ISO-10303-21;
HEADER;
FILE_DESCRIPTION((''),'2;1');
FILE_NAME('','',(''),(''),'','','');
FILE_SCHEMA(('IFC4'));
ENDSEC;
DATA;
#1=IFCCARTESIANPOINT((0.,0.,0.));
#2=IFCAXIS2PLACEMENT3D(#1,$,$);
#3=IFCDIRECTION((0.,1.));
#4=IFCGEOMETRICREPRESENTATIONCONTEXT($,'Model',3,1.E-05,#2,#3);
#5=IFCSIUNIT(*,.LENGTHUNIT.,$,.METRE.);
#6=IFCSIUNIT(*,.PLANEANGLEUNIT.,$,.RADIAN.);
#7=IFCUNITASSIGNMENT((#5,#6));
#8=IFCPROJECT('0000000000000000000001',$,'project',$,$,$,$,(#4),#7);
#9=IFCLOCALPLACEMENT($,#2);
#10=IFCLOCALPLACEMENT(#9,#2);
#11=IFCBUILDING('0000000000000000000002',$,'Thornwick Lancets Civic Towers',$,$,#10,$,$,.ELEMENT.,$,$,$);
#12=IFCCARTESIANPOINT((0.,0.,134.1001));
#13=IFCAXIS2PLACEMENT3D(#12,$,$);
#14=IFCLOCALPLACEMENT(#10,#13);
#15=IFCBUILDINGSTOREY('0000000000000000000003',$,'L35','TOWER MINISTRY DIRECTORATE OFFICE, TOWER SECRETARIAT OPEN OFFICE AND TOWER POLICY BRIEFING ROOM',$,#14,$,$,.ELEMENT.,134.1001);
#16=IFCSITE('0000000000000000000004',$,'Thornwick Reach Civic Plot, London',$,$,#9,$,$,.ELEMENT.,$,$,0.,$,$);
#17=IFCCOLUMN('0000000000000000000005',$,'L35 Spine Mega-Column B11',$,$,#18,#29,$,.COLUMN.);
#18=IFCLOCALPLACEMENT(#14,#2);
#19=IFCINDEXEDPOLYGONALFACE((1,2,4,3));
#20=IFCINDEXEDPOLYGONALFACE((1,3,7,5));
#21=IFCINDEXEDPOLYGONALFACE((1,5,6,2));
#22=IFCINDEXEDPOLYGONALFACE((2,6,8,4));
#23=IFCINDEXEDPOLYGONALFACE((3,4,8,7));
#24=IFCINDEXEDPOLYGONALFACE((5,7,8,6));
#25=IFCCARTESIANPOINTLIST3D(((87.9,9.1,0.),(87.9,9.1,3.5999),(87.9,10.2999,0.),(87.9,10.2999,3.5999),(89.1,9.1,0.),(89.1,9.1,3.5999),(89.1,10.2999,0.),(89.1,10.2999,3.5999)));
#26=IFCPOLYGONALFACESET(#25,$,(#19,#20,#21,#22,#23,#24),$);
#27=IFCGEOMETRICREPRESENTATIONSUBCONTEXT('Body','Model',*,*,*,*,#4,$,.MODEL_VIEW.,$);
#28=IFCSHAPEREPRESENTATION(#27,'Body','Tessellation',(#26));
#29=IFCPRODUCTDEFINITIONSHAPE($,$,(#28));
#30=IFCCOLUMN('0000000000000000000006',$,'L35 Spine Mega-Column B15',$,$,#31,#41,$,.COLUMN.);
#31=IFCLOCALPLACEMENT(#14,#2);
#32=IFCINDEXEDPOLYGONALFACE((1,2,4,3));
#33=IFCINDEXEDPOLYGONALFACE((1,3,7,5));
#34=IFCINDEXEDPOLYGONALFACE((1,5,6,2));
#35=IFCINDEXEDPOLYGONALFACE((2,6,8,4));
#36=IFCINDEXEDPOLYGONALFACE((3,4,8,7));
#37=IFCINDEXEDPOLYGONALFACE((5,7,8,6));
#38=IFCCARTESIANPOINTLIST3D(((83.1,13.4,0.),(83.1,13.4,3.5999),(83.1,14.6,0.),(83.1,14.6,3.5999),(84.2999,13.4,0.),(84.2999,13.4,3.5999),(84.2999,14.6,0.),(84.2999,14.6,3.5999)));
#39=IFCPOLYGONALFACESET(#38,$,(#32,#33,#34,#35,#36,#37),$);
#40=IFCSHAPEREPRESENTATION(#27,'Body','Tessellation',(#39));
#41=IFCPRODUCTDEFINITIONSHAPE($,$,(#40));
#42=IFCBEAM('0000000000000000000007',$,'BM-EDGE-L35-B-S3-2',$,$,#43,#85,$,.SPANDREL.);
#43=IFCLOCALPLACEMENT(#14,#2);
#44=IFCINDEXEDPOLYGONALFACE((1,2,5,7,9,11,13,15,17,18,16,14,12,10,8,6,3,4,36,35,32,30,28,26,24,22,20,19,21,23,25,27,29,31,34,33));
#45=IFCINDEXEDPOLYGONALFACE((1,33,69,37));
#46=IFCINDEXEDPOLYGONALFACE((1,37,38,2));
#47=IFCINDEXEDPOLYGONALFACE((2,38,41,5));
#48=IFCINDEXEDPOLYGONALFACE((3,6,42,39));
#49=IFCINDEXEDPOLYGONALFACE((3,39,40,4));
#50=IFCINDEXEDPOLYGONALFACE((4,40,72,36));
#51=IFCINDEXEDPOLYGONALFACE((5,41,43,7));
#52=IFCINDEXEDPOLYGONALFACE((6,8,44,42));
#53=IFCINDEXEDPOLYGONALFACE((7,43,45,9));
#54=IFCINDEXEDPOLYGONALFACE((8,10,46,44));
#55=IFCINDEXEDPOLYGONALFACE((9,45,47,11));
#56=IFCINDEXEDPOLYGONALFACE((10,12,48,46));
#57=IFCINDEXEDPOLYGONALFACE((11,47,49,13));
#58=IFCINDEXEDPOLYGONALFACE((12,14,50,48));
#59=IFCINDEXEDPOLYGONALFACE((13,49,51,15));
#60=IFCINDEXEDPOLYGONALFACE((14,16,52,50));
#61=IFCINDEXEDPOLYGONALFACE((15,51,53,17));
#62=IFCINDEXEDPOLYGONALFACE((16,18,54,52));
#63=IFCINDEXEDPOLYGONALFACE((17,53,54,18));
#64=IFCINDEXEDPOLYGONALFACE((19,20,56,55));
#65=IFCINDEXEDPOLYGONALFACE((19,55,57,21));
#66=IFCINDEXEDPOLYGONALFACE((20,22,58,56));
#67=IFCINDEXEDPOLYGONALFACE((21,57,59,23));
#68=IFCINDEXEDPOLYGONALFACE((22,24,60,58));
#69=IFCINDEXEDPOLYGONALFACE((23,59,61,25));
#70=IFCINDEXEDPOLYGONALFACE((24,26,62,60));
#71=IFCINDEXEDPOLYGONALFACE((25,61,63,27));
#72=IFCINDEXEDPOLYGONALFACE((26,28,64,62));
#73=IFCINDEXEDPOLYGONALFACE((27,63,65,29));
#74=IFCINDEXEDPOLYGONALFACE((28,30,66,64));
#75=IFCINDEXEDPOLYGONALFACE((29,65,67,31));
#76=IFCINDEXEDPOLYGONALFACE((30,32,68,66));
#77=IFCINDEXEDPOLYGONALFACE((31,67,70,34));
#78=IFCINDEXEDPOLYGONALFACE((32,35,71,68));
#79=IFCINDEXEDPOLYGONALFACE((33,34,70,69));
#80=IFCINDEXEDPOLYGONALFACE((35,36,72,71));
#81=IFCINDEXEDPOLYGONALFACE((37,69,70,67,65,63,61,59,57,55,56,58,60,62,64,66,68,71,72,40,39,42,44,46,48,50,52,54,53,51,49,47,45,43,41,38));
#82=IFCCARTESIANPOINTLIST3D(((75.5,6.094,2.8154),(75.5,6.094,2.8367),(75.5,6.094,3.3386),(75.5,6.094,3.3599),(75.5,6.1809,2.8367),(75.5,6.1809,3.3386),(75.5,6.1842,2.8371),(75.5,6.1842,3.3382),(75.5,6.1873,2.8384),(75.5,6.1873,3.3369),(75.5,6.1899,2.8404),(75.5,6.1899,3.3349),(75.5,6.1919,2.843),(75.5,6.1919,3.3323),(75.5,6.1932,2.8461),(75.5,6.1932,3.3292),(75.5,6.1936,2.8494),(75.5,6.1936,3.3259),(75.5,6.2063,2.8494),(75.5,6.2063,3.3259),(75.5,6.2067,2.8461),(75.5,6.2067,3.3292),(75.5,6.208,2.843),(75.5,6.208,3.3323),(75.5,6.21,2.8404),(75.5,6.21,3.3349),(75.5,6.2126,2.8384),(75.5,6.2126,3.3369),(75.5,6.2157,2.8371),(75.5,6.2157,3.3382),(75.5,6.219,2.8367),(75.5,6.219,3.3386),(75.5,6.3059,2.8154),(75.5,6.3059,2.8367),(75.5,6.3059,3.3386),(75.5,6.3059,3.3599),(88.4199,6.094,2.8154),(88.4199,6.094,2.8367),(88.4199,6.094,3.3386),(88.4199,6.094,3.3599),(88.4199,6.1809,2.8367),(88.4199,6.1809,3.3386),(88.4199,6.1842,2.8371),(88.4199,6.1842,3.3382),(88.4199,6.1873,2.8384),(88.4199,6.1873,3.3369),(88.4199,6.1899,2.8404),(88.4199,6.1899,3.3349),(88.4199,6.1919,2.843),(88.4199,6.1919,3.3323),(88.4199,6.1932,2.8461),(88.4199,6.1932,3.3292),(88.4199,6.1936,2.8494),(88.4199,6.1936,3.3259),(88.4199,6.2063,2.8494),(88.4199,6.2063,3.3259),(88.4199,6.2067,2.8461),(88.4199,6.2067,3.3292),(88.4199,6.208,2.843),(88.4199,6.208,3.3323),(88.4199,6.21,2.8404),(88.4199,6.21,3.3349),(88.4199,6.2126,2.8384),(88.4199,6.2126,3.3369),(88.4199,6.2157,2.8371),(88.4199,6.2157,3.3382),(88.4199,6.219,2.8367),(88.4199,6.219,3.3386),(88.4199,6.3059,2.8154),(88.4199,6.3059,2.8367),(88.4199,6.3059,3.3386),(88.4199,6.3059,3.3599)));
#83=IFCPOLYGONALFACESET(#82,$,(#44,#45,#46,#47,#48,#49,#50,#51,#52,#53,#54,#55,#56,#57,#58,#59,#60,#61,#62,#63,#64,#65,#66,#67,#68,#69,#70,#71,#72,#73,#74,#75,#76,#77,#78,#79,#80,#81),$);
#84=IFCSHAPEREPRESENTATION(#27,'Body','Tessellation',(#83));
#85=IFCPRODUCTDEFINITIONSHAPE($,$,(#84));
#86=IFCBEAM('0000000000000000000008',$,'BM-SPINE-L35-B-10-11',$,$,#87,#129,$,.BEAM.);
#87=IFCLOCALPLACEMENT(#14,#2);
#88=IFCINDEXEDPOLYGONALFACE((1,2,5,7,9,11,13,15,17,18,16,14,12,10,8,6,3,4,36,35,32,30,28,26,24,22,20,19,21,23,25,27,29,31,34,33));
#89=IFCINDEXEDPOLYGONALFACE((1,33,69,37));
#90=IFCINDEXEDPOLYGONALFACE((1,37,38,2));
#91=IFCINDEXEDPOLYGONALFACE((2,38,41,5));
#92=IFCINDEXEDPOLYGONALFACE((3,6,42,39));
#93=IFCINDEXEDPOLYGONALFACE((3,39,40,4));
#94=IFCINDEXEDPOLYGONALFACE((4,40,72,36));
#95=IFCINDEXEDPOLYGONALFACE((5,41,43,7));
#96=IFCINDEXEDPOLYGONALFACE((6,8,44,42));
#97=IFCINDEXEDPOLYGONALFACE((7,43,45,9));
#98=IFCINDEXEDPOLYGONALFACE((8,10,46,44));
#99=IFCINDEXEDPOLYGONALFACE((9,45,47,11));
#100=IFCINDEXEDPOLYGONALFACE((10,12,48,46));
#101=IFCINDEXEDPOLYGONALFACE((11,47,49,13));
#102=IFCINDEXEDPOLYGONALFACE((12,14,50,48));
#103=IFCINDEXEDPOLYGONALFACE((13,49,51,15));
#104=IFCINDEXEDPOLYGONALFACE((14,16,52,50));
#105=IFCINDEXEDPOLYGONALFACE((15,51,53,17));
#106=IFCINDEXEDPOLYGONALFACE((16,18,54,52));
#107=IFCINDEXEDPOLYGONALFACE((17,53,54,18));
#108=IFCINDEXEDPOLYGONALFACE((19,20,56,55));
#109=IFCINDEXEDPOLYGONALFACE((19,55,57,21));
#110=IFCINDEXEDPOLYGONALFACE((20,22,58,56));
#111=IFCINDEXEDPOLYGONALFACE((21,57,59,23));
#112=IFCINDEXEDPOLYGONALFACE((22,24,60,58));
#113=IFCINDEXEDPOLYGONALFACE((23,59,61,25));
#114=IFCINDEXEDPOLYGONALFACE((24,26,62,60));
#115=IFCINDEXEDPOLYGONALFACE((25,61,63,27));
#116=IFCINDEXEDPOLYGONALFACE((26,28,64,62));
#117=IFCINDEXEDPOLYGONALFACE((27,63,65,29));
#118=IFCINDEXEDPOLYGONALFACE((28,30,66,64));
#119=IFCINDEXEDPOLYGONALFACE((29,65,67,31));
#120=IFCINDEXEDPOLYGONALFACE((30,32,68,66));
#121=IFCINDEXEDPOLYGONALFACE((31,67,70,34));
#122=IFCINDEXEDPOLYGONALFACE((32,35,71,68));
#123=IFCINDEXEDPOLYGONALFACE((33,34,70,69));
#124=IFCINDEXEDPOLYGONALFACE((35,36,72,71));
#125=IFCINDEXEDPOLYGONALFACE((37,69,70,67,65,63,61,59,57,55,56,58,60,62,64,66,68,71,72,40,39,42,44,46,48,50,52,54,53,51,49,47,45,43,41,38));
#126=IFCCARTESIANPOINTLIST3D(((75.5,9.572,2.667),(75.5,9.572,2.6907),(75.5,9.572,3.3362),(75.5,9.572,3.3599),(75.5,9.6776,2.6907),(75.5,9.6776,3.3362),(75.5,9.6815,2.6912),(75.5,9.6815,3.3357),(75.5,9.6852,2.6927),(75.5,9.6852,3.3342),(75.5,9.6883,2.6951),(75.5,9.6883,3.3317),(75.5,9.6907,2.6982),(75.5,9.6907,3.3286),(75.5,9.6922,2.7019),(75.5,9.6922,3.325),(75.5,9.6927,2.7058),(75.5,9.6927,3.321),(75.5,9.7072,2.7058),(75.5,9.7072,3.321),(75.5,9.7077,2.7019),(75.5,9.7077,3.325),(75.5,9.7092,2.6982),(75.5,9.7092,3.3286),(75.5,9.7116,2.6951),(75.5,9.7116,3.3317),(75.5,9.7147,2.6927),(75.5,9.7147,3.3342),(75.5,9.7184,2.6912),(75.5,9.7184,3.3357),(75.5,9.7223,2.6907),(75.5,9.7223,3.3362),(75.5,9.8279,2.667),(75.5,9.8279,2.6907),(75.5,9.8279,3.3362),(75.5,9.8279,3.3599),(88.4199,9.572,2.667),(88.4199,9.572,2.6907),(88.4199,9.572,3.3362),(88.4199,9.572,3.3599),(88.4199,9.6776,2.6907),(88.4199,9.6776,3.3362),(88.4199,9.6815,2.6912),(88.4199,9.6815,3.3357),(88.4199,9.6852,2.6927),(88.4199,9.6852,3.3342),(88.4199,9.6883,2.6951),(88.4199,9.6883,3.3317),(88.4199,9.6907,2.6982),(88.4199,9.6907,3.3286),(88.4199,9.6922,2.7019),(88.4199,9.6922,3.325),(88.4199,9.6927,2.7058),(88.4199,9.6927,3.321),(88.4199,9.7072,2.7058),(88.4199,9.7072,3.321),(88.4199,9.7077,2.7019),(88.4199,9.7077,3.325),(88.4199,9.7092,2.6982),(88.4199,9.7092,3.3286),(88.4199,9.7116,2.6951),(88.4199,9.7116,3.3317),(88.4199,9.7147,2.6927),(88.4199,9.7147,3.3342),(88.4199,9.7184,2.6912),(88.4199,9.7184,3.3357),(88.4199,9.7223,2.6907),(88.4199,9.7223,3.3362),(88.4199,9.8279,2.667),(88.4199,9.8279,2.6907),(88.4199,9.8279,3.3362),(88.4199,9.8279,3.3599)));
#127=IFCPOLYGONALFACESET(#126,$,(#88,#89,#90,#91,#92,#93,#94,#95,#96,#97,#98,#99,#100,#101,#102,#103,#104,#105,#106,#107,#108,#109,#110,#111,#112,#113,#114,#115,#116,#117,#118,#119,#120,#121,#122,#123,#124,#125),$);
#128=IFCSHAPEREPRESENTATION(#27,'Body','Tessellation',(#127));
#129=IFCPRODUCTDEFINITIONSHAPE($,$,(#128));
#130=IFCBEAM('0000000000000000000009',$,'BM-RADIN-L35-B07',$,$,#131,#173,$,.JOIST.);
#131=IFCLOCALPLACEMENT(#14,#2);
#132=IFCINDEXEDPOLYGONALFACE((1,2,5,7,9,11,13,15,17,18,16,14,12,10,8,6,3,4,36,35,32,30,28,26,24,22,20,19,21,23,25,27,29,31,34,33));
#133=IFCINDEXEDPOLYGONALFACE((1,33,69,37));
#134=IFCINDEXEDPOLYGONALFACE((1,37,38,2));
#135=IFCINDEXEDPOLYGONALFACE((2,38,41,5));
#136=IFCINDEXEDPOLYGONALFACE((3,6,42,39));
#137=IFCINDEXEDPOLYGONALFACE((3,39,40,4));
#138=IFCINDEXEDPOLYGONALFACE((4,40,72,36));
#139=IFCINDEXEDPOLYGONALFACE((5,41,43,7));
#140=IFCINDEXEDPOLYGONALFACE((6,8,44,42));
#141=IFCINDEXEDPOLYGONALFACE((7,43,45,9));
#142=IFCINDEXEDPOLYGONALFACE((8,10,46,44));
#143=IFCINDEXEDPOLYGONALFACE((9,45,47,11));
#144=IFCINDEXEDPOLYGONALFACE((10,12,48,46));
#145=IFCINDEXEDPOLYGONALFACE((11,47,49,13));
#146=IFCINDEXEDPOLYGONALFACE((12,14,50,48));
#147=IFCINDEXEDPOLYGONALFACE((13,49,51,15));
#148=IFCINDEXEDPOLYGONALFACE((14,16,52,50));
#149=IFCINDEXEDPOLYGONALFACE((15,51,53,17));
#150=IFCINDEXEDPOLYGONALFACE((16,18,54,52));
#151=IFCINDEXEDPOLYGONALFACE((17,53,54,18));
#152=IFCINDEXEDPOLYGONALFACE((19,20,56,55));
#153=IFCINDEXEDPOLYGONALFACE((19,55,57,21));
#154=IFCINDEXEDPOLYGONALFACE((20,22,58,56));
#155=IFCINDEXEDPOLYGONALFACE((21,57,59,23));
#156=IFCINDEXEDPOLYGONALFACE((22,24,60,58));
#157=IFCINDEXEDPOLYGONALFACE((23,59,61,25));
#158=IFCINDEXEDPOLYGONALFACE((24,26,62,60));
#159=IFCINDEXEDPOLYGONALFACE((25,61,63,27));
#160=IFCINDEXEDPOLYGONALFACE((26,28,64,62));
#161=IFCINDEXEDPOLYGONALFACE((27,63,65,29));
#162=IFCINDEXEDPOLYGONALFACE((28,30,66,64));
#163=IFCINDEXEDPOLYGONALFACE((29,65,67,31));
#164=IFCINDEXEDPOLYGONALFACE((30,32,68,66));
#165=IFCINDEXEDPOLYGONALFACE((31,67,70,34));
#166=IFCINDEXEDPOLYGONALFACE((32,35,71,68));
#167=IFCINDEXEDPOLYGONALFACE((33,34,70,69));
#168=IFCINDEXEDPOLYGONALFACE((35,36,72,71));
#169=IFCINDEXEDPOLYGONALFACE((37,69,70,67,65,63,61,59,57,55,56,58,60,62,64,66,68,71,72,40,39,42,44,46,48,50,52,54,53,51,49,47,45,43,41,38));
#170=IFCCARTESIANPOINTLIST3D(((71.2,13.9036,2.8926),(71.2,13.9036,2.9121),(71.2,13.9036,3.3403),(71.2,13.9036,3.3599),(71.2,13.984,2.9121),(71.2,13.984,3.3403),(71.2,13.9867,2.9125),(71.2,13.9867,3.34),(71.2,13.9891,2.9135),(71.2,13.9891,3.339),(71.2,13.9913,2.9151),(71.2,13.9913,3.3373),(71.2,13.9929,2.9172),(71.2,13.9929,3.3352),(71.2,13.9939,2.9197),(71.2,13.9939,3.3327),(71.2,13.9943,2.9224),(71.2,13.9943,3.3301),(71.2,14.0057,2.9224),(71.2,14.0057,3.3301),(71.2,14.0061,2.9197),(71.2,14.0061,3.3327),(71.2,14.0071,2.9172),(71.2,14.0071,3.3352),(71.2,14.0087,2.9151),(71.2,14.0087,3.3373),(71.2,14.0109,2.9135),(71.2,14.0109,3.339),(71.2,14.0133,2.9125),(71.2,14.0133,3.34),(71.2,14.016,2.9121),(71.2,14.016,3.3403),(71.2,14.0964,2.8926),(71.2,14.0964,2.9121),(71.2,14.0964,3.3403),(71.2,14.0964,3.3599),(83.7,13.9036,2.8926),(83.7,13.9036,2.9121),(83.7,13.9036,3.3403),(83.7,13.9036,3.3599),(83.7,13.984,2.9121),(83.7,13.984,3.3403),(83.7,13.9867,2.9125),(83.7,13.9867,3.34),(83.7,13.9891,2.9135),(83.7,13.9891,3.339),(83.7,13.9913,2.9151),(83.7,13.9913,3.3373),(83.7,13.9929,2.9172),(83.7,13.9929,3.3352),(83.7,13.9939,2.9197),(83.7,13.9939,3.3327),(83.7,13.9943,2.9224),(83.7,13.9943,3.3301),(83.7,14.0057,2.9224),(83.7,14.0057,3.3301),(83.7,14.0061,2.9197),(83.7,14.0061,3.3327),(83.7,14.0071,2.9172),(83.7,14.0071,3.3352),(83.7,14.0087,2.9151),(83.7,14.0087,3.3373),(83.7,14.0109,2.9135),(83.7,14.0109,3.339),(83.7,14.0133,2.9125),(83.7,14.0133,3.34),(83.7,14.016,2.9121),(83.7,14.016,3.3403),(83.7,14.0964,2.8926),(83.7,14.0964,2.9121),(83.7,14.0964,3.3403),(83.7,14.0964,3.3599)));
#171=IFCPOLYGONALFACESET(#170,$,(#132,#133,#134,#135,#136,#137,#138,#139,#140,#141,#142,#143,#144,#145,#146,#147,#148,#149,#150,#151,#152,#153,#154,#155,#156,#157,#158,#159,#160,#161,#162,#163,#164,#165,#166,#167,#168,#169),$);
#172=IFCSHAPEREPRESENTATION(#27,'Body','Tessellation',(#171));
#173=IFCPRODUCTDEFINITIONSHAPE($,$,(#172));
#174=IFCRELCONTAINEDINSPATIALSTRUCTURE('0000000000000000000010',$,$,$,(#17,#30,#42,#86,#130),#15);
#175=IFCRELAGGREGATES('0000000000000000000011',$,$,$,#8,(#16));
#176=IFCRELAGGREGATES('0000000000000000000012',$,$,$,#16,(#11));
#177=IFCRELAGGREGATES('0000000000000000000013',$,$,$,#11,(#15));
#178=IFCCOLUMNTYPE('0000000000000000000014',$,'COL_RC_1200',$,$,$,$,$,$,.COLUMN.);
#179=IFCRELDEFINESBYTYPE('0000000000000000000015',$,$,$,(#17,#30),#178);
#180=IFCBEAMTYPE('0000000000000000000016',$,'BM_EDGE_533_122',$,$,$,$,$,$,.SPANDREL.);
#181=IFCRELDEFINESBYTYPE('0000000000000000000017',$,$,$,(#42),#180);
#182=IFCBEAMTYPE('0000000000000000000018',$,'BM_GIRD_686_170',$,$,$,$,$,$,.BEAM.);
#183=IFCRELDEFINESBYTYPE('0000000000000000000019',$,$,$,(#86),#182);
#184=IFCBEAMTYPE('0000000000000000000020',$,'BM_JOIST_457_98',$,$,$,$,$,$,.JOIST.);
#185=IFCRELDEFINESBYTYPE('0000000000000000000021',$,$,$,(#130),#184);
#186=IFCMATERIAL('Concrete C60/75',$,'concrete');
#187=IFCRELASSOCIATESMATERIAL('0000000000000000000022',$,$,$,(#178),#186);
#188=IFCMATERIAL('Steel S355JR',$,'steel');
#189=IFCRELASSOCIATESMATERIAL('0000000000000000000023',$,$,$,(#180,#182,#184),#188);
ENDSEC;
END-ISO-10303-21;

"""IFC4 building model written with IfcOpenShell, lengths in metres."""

from ifc_helpers import new_model, si_unit, direction, frame, origin, origin_2d, place, context, subcontext, project, spatial, rectangle, i_section, extrude, material, material_profile, profile_set, type_object, element, save


model = new_model("IFC4")

# Units and contexts
model_context = context("Model", 3, precision=1e-05, world=origin(), true_north=direction((0.0, 1.0)))
body_context = subcontext(model_context, "Body", "Model", "MODEL_VIEW")
ifc_project = project(units=[si_unit("LENGTHUNIT", "METRE"), si_unit("PLANEANGLEUNIT", "RADIAN")], contexts=[model_context])

# Site, building, storey
site_placement = place(None, origin())
site = spatial("IfcSite", under=ifc_project, at=site_placement, Name="Thornwick Reach Civic Plot, London", CompositionType="ELEMENT", RefElevation=0.0)
building_placement = place(site_placement, origin())
building = spatial("IfcBuilding", under=site, at=building_placement, Name="Thornwick Lancets Civic Towers", CompositionType="ELEMENT")
storey_placement = place(building_placement, frame((0.0, 0.0, 134.1001)))
storey = spatial("IfcBuildingStorey", under=building, at=storey_placement, Name="L35", Description="TOWER MINISTRY DIRECTORATE OFFICE, TOWER SECRETARIAT OPEN OFFICE AND TOWER POLICY BRIEFING ROOM", CompositionType="ELEMENT", Elevation=134.1001)

# Columns
ifc_material_1 = material(Name="Concrete C60/75", Category="concrete")
ifc_material_profile_1 = material_profile(ifc_material_1, rectangle(XDim=1.2, YDim=1.2, at=origin_2d()), Name="RC 1200x1200")
ifc_profile_set_1 = profile_set([ifc_material_profile_1], Name="Concrete C60/75")
column_type = type_object("IfcColumnType", Name="COL_RC_1200", PredefinedType="COLUMN", material=ifc_profile_set_1)
for number, where, z_axis, x_axis, name in (
    (1, (88.5, 9.7, 0.0), (0.0, 0.0, 1.0), (1.0, 0.0, 0.0), "L35 Spine Mega-Column B11"),
    (2, (83.7, 14.0, 0.0), (0.0, 0.0, 1.0), (1.0, 0.0, 0.0), "L35 Spine Mega-Column B15"),
):
    element("IfcColumn", number, at=place(storey_placement, frame(where, z_axis=z_axis, x_axis=x_axis)), inside=storey, type_object=column_type, Name=name, PredefinedType="COLUMN", context=body_context, shape_type="SweptSolid", body=[
        extrude(rectangle(XDim=1.2, YDim=1.2, at=origin_2d()), origin(), (0.0, 0.0, 1.0), 3.5999),
    ])

# Beams
ifc_material_2 = material(Name="Steel S355JR", Category="steel")
ifc_material_profile_2 = material_profile(ifc_material_2, i_section(OverallWidth=0.2119, OverallDepth=0.5444, WebThickness=0.0127, FlangeThickness=0.0212, FilletRadius=0.0127, at=origin_2d()), Name="UKB 533x210x122")
ifc_profile_set_2 = profile_set([ifc_material_profile_2], Name="Steel S355JR")
beam_type_1 = type_object("IfcBeamType", Name="BM_EDGE_533_122", PredefinedType="SPANDREL", material=ifc_profile_set_2)
beam_1_placement = place(storey_placement, frame((88.4199, 6.2, 3.0876), z_axis=(-1.0, 0.0, 0.0), x_axis=(0.0, -1.0, 0.0)))
element("IfcBeam", 3, at=beam_1_placement, inside=storey, type_object=beam_type_1, Name="BM-EDGE-L35-B-S3-2", PredefinedType="SPANDREL", context=body_context, shape_type="SweptSolid", body=[
    extrude(i_section(OverallWidth=0.2119, OverallDepth=0.5444, WebThickness=0.0127, FlangeThickness=0.0212, FilletRadius=0.0127, at=origin_2d()), origin(), (0.0, 0.0, 1.0), 12.9199),
])
ifc_material_profile_3 = material_profile(ifc_material_2, i_section(OverallWidth=0.2559, OverallDepth=0.6929, WebThickness=0.0144, FlangeThickness=0.0237, FilletRadius=0.0151, at=origin_2d()), Name="UKB 686x254x170")
ifc_profile_set_3 = profile_set([ifc_material_profile_3], Name="Steel S355JR")
beam_type_2 = type_object("IfcBeamType", Name="BM_GIRD_686_170", PredefinedType="BEAM", material=ifc_profile_set_3)
beam_2_placement = place(storey_placement, frame((88.4199, 9.7, 3.0134), z_axis=(-1.0, 0.0, 0.0), x_axis=(0.0, -1.0, 0.0)))
element("IfcBeam", 4, at=beam_2_placement, inside=storey, type_object=beam_type_2, Name="BM-SPINE-L35-B-10-11", PredefinedType="BEAM", context=body_context, shape_type="SweptSolid", body=[
    extrude(i_section(OverallWidth=0.2559, OverallDepth=0.6929, WebThickness=0.0144, FlangeThickness=0.0237, FilletRadius=0.0151, at=origin_2d()), origin(), (0.0, 0.0, 1.0), 12.9199),
])
ifc_material_profile_4 = material_profile(ifc_material_2, i_section(OverallWidth=0.1929, OverallDepth=0.4673, WebThickness=0.0115, FlangeThickness=0.0195, FilletRadius=0.0103, at=origin_2d()), Name="UKB 457x191x98")
ifc_profile_set_4 = profile_set([ifc_material_profile_4], Name="Steel S355JR")
beam_type_3 = type_object("IfcBeamType", Name="BM_JOIST_457_98", PredefinedType="JOIST", material=ifc_profile_set_4)
beam_3_placement = place(storey_placement, frame((83.7, 14.0, 3.1262), z_axis=(-1.0, 0.0, 0.0), x_axis=(0.0, -1.0, 0.0)))
element("IfcBeam", 5, at=beam_3_placement, inside=storey, type_object=beam_type_3, Name="BM-RADIN-L35-B07", PredefinedType="JOIST", context=body_context, shape_type="SweptSolid", body=[
    extrude(i_section(OverallWidth=0.1929, OverallDepth=0.4673, WebThickness=0.0115, FlangeThickness=0.0195, FilletRadius=0.0103, at=origin_2d()), origin(), (0.0, 0.0, 1.0), 12.5),
])

save(model, "model.ifc")
